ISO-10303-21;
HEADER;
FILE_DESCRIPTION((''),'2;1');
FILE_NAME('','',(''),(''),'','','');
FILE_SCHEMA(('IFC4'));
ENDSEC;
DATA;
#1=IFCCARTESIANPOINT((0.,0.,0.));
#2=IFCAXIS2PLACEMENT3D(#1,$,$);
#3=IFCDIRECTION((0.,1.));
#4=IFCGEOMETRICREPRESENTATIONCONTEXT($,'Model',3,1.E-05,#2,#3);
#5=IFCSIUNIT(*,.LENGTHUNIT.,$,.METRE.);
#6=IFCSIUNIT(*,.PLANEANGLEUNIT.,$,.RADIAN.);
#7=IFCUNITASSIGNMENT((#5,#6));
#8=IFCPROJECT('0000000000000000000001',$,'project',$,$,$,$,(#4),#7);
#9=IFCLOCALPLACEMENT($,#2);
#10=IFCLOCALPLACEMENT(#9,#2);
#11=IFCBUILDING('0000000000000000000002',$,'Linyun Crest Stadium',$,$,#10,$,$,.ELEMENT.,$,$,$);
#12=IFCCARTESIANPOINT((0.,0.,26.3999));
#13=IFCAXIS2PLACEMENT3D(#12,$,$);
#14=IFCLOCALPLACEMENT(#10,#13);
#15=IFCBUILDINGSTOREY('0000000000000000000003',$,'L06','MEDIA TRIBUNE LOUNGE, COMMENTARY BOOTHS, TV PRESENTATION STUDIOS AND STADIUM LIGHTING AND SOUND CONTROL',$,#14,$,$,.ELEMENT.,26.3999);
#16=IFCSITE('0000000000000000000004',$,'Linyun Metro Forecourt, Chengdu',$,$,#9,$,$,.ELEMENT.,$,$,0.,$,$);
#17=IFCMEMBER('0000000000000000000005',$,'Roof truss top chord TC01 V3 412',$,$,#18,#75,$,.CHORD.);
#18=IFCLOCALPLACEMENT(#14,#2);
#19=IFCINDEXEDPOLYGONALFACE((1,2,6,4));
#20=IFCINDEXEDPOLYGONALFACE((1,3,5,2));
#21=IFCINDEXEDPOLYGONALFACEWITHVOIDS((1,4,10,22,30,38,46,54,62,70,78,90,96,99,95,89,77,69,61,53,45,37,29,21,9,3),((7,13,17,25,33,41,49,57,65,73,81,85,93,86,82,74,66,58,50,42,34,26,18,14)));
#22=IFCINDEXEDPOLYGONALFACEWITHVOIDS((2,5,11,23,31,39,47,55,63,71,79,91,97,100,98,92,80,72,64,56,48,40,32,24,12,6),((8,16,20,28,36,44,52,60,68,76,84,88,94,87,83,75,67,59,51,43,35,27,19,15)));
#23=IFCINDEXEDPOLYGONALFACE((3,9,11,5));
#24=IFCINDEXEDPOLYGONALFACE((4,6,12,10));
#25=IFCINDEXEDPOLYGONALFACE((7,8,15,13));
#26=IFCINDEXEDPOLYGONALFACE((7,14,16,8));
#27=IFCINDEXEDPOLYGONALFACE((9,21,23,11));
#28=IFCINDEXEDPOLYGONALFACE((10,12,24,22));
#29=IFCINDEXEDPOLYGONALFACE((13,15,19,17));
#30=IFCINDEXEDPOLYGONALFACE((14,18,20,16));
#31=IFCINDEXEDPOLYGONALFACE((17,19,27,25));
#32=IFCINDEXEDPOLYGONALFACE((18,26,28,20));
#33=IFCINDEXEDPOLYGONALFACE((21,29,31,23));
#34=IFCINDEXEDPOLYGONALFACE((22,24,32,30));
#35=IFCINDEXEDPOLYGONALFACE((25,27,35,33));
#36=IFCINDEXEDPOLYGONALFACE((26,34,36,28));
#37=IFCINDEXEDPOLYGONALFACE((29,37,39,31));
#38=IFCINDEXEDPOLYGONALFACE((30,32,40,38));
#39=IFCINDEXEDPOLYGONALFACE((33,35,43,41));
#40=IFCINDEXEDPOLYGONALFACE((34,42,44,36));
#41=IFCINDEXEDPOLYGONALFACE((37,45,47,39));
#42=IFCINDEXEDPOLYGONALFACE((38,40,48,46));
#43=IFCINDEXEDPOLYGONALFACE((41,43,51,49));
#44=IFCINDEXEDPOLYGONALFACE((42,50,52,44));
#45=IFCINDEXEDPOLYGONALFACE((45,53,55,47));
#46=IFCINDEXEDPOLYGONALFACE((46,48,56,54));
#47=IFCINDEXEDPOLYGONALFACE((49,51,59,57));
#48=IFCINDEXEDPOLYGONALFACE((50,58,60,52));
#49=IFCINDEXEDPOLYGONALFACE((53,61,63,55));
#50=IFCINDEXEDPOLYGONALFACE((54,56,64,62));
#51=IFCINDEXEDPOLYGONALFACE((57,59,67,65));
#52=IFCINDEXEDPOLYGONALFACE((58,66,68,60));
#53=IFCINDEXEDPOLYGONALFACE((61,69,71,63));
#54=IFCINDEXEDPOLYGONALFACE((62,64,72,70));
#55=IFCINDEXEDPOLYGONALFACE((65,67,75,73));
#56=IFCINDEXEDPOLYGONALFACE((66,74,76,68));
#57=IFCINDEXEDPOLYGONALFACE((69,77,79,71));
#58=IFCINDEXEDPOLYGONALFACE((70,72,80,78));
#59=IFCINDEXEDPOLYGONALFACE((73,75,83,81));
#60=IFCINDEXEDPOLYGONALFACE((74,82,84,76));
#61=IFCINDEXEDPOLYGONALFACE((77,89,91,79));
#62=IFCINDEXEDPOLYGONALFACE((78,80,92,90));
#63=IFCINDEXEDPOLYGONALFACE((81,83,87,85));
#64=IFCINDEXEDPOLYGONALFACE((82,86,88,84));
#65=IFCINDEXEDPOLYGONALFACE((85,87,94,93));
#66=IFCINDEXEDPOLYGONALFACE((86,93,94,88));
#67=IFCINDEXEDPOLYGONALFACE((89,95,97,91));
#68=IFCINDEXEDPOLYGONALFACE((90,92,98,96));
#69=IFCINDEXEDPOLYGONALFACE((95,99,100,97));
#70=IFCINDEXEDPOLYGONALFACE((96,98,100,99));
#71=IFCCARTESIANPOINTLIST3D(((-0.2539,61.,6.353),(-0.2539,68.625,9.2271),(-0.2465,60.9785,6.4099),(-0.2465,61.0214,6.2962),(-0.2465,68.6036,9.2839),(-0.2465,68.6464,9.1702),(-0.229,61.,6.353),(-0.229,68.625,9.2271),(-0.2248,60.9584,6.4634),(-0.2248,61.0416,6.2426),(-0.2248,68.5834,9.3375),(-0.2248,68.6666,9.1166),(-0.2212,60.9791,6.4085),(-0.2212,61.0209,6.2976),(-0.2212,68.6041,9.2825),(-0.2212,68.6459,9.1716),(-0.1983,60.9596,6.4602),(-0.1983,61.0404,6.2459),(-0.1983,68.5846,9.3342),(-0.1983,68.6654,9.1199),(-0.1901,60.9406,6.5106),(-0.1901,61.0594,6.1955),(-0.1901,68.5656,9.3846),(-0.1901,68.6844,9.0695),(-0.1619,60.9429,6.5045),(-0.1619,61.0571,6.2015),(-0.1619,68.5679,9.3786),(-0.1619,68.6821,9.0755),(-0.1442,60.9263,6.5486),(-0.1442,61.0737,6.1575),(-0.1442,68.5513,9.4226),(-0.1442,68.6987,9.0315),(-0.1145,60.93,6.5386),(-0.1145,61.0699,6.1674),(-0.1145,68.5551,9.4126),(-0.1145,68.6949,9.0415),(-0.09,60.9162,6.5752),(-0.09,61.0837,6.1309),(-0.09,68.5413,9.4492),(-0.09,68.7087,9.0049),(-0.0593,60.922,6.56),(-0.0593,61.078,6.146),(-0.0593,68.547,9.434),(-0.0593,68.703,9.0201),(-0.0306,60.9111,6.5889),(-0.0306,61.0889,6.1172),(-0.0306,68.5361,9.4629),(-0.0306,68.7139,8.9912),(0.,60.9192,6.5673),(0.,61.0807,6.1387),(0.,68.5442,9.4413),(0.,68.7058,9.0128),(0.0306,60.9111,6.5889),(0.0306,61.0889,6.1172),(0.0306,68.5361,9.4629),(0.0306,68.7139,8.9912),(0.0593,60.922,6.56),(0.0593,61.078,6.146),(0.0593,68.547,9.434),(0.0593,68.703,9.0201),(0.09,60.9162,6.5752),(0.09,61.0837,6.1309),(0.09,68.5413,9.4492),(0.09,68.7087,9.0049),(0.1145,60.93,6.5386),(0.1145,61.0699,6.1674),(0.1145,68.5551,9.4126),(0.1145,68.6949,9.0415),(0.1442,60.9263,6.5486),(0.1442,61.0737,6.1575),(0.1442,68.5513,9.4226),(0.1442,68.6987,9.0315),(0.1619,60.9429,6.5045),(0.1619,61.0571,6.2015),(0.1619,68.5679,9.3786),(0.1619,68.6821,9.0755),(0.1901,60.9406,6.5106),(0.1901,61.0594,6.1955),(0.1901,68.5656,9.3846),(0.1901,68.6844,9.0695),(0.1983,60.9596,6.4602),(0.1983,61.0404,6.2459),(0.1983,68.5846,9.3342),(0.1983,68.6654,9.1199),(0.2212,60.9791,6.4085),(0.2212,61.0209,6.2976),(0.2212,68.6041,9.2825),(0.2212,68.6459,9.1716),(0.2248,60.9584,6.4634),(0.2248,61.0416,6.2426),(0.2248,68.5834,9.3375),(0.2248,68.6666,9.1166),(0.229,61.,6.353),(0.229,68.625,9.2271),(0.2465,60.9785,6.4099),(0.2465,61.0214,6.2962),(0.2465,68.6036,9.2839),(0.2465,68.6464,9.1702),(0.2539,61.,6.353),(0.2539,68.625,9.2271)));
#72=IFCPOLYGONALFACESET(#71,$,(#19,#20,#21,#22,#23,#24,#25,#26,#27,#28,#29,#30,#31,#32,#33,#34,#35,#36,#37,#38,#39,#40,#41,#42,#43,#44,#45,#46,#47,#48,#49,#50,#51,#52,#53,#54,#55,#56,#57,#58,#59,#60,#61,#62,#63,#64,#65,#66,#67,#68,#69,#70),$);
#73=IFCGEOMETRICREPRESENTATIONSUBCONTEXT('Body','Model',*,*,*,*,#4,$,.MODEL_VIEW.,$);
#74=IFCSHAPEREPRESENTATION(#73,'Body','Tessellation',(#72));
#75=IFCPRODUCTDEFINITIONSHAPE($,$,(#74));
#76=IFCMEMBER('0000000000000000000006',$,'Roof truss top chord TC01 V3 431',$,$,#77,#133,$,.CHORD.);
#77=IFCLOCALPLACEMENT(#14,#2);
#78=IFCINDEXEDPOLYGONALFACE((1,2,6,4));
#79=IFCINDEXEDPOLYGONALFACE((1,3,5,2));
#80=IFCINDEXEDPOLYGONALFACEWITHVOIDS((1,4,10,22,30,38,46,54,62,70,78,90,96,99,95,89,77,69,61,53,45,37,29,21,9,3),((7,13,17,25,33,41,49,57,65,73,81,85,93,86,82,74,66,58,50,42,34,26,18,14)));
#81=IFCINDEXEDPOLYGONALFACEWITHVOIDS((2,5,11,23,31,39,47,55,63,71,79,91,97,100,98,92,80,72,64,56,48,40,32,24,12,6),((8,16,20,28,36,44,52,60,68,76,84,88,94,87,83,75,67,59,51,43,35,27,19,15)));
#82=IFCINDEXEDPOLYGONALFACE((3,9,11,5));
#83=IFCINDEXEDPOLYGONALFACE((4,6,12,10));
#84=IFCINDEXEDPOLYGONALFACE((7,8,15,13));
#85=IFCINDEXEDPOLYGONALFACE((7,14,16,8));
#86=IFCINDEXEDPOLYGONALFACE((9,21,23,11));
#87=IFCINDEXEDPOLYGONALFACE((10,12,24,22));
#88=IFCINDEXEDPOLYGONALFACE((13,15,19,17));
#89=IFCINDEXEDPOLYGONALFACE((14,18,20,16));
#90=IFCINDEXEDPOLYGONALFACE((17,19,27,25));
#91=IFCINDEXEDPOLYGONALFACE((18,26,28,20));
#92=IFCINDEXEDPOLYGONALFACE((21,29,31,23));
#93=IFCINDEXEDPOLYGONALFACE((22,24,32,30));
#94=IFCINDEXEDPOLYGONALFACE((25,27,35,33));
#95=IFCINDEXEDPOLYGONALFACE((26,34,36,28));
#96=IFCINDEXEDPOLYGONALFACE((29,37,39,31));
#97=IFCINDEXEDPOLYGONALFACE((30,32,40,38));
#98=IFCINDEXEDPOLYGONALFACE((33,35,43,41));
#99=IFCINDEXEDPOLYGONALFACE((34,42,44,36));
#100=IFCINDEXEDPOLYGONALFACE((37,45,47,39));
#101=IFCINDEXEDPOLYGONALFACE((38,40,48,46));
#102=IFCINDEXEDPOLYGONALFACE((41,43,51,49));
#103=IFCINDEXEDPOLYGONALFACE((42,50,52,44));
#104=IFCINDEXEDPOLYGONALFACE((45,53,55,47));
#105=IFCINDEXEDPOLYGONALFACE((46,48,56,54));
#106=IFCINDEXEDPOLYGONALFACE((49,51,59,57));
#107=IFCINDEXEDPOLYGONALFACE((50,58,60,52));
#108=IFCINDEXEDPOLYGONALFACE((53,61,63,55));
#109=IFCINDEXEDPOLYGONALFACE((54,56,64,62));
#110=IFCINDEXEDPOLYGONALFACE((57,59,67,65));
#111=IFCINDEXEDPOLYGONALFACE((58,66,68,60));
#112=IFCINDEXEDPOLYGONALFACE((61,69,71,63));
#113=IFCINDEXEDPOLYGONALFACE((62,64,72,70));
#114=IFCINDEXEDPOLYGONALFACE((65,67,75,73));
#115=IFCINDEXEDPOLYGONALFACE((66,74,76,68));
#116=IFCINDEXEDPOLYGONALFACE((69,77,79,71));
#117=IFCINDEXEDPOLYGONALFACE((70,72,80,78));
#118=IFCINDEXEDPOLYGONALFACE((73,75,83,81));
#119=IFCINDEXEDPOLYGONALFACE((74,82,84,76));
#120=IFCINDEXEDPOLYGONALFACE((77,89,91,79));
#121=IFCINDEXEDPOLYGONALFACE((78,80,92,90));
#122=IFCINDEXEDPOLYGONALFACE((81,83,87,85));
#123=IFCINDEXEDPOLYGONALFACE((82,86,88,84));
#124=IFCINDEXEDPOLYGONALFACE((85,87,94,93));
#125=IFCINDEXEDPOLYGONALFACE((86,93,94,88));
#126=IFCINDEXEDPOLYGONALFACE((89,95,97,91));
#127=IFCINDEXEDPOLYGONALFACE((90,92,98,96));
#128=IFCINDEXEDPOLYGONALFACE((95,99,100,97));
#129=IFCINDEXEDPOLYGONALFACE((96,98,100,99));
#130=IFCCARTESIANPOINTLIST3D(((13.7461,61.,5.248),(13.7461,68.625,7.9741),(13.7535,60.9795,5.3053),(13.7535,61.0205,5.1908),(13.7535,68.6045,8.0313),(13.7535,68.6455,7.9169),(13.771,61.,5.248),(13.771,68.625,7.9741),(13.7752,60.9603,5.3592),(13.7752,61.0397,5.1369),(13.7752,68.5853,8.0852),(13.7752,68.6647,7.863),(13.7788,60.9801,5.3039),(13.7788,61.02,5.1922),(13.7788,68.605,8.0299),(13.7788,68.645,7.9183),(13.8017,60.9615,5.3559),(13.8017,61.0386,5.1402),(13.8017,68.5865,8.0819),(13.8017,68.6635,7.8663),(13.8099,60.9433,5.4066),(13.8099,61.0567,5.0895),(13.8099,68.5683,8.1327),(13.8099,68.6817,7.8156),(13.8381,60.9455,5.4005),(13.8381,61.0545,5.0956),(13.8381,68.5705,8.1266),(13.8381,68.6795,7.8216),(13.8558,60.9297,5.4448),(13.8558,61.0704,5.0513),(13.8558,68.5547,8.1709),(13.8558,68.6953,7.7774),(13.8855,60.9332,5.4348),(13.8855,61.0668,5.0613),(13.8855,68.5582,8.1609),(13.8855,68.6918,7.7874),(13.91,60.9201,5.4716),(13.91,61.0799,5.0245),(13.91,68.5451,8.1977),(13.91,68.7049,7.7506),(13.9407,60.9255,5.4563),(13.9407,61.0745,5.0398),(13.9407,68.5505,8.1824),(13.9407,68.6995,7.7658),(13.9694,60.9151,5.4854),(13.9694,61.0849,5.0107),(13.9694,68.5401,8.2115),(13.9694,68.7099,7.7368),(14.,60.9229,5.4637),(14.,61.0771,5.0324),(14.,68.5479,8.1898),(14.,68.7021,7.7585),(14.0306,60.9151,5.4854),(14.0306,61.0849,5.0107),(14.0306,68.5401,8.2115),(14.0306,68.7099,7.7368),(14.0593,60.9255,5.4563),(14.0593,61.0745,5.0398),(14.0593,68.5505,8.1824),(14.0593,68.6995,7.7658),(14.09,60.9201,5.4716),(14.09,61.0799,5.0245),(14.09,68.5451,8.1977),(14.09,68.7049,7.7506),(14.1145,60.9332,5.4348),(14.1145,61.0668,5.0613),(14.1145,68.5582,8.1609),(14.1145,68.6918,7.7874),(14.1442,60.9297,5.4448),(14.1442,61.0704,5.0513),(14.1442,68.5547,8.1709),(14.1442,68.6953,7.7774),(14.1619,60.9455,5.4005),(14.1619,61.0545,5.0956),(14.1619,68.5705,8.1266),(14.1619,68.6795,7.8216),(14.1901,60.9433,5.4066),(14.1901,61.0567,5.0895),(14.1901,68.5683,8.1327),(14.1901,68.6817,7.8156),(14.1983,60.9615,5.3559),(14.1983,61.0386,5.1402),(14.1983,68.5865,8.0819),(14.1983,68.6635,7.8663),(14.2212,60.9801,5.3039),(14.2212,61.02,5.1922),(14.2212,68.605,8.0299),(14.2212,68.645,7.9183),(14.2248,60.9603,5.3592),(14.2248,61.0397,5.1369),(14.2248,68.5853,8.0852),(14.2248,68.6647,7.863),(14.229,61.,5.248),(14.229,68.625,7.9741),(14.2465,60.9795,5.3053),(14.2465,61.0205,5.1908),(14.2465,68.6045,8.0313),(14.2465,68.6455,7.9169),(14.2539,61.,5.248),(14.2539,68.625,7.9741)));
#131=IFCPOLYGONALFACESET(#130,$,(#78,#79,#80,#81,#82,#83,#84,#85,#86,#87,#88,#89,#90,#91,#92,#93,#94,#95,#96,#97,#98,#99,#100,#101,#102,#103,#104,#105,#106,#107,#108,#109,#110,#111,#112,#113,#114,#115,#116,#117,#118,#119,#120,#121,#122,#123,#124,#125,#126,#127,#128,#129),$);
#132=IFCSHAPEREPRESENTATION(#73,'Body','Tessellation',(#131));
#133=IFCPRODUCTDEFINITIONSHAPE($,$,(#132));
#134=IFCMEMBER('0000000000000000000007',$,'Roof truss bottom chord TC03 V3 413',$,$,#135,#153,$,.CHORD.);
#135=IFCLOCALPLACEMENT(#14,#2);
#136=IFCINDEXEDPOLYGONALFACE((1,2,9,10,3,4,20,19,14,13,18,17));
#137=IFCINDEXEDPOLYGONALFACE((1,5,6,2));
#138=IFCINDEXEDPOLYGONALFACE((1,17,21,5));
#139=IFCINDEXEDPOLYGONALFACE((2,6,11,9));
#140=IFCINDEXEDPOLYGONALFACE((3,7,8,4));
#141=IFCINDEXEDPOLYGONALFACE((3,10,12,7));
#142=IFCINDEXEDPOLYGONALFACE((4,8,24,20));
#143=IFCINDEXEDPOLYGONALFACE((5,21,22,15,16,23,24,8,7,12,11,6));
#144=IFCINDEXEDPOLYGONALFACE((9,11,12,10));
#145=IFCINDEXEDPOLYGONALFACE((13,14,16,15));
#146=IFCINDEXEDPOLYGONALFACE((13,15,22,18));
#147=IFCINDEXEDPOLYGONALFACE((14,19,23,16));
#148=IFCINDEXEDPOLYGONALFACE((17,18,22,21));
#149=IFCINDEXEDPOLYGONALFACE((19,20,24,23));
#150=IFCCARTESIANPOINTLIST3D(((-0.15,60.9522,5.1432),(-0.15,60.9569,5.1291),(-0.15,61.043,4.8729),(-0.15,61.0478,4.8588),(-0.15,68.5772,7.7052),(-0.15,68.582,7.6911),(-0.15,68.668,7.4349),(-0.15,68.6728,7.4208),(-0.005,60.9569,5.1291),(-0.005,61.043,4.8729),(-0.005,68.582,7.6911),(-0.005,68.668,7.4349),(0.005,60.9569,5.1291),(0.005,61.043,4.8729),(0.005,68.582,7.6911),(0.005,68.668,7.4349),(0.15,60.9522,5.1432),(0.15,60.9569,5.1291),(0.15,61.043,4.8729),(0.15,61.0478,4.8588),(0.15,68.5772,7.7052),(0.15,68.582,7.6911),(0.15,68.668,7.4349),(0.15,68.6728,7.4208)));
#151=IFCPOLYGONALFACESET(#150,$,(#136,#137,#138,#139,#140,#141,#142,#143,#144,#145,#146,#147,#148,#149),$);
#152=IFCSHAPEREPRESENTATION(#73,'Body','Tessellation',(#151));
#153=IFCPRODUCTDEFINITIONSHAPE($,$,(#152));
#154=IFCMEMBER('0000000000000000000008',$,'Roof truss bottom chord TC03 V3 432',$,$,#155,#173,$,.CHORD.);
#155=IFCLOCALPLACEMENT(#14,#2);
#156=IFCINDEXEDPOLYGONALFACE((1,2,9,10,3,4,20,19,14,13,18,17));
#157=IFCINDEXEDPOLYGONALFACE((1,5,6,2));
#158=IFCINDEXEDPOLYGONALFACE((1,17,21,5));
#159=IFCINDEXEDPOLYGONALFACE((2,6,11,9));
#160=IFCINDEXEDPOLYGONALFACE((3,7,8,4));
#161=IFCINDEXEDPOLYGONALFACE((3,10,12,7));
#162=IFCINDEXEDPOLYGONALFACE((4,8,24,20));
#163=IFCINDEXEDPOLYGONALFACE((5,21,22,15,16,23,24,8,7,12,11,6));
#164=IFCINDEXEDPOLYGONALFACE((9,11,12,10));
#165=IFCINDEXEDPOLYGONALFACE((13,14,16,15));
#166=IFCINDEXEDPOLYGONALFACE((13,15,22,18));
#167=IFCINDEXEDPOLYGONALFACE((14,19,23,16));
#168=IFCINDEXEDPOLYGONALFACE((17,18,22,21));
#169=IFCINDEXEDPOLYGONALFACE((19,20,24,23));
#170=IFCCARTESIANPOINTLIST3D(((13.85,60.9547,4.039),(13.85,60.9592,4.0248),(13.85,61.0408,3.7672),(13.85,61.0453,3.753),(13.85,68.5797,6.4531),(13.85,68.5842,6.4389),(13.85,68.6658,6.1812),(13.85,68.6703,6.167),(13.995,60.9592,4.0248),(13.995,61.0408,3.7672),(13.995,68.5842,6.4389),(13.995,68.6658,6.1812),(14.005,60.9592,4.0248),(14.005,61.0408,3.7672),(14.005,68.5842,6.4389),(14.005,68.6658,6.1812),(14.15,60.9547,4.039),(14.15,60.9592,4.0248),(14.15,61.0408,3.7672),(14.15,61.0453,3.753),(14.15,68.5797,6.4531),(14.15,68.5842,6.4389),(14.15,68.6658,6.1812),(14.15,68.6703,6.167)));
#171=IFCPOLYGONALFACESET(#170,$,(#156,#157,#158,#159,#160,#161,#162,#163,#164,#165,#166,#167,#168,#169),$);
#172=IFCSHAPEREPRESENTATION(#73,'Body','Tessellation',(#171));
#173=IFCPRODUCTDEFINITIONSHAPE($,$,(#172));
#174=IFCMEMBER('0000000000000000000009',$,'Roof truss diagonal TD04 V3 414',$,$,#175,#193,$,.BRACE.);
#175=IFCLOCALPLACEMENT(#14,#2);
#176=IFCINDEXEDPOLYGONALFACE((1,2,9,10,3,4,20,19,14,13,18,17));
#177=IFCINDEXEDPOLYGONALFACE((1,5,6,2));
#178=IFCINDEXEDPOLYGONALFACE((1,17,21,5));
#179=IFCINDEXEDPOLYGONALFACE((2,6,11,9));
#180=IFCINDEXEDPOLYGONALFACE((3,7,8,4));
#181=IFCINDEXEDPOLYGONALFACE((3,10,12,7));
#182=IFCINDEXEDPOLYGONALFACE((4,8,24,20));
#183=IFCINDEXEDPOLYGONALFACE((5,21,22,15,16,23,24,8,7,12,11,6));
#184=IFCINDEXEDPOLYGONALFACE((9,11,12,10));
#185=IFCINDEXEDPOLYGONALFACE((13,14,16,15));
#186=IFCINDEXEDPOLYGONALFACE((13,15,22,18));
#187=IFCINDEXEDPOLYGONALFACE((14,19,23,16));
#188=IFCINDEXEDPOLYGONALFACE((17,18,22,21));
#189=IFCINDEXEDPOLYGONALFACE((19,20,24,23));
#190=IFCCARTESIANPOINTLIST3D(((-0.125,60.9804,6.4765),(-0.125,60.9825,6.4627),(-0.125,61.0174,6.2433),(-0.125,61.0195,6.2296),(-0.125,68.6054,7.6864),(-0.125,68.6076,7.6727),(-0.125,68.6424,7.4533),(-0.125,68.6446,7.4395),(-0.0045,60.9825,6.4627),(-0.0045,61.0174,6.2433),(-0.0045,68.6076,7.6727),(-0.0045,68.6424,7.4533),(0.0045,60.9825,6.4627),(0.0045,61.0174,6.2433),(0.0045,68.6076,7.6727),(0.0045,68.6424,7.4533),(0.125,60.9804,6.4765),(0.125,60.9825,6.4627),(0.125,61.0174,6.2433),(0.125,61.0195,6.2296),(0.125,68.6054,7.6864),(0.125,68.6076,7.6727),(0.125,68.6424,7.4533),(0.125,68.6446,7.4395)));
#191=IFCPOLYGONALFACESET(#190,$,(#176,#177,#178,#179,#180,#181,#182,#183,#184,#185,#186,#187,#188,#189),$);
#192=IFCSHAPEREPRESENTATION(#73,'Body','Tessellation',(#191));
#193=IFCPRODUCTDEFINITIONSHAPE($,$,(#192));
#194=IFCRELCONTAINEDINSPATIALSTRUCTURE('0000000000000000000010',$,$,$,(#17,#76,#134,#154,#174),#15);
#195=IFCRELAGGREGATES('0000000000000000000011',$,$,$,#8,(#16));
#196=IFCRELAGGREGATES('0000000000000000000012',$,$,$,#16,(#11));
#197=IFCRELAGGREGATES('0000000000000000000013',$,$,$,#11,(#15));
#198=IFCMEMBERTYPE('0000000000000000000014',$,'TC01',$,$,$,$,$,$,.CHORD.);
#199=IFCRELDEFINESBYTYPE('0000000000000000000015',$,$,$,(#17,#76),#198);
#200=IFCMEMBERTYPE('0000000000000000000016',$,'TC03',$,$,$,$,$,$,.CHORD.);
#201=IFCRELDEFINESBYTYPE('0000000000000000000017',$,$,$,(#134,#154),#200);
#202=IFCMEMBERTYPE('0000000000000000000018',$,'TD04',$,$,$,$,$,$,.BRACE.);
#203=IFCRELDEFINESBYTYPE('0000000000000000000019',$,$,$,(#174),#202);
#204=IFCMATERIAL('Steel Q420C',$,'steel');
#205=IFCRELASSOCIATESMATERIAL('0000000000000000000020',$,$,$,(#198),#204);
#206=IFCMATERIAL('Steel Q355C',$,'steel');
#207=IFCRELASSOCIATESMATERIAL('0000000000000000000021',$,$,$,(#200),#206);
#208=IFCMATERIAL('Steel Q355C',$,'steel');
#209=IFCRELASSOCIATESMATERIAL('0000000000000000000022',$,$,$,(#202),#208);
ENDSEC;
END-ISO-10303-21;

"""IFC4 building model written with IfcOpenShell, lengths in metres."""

from ifc_helpers import new_model, si_unit, direction, frame, origin, origin_2d, place, context, subcontext, project, spatial, hollow_circle, i_section, extrude, material, material_profile, profile_set, type_object, element, save


model = new_model("IFC4")

# Units and contexts
model_context = context("Model", 3, precision=1e-05, world=origin(), true_north=direction((0.0, 1.0)))
body_context = subcontext(model_context, "Body", "Model", "MODEL_VIEW")
ifc_project = project(units=[si_unit("LENGTHUNIT", "METRE"), si_unit("PLANEANGLEUNIT", "RADIAN")], contexts=[model_context])

# Site, building, storey
site_placement = place(None, origin())
site = spatial("IfcSite", under=ifc_project, at=site_placement, Name="Linyun Metro Forecourt, Chengdu", CompositionType="ELEMENT", RefElevation=0.0)
building_placement = place(site_placement, origin())
building = spatial("IfcBuilding", under=site, at=building_placement, Name="Linyun Crest Stadium", CompositionType="ELEMENT")
storey_placement = place(building_placement, frame((0.0, 0.0, 26.3999)))
storey = spatial("IfcBuildingStorey", under=building, at=storey_placement, Name="L06", Description="MEDIA TRIBUNE LOUNGE, COMMENTARY BOOTHS, TV PRESENTATION STUDIOS AND STADIUM LIGHTING AND SOUND CONTROL", CompositionType="ELEMENT", Elevation=26.3999)

# Members
ifc_material_1 = material(Name="Steel Q420C", Category="steel")
ifc_material_profile_1 = material_profile(ifc_material_1, hollow_circle(Radius=0.2539, WallThickness=0.0249, at=origin_2d()), Name="CHS 508x25")
ifc_profile_set_1 = profile_set([ifc_material_profile_1], Name="Steel Q420C")
member_type_1 = type_object("IfcMemberType", Name="TC01", PredefinedType="CHORD", material=ifc_profile_set_1)
member_1_placement = place(storey_placement, frame((0.0, 68.625, 9.2271), z_axis=(0.0, -0.935737, -0.352699), x_axis=(1.0, 0.0, 0.0)))
element("IfcMember", 1, at=member_1_placement, inside=storey, type_object=member_type_1, Name="Roof truss top chord TC01 V3 412", PredefinedType="CHORD", context=body_context, shape_type="SweptSolid", body=[
    extrude(hollow_circle(Radius=0.2539, WallThickness=0.0249, at=origin_2d()), origin(), (0.0, 0.0, 1.0), 8.1487),
])
member_2_placement = place(storey_placement, frame((14.0, 68.625, 7.9741), z_axis=(0.0, -0.94163, -0.33665), x_axis=(1.0, 0.0, 0.0)))
element("IfcMember", 2, at=member_2_placement, inside=storey, type_object=member_type_1, Name="Roof truss top chord TC01 V3 431", PredefinedType="CHORD", context=body_context, shape_type="SweptSolid", body=[
    extrude(hollow_circle(Radius=0.2539, WallThickness=0.0249, at=origin_2d()), origin(), (0.0, 0.0, 1.0), 8.0977),
])
ifc_material_2 = material(Name="Steel Q355C", Category="steel")
ifc_material_profile_2 = material_profile(ifc_material_2, i_section(OverallWidth=0.3, OverallDepth=0.3, WebThickness=0.01, FlangeThickness=0.0149, at=origin_2d()), Name="HW 300x300")
ifc_profile_set_2 = profile_set([ifc_material_profile_2], Name="Steel Q355C")
member_type_2 = type_object("IfcMemberType", Name="TC03", PredefinedType="CHORD", material=ifc_profile_set_2)
member_3_placement = place(storey_placement, frame((0.0, 68.625, 7.563), z_axis=(0.0, -0.947922, -0.318503), x_axis=(1.0, 0.0, 0.0)))
element("IfcMember", 3, at=member_3_placement, inside=storey, type_object=member_type_2, Name="Roof truss bottom chord TC03 V3 413", PredefinedType="CHORD", context=body_context, shape_type="SweptSolid", body=[
    extrude(i_section(OverallWidth=0.3, OverallDepth=0.3, WebThickness=0.01, FlangeThickness=0.0149, at=origin_2d()), origin(), (0.0, 0.0, 1.0), 8.0439),
])
member_4_placement = place(storey_placement, frame((14.0, 68.625, 6.3101), z_axis=(0.0, -0.953361, -0.301833), x_axis=(1.0, 0.0, 0.0)))
element("IfcMember", 4, at=member_4_placement, inside=storey, type_object=member_type_2, Name="Roof truss bottom chord TC03 V3 432", PredefinedType="CHORD", context=body_context, shape_type="SweptSolid", body=[
    extrude(i_section(OverallWidth=0.3, OverallDepth=0.3, WebThickness=0.01, FlangeThickness=0.0149, at=origin_2d()), origin(), (0.0, 0.0, 1.0), 7.998),
])
ifc_material_3 = material(Name="Steel Q355C", Category="steel")
ifc_material_profile_3 = material_profile(ifc_material_3, i_section(OverallWidth=0.25, OverallDepth=0.25, WebThickness=0.009, FlangeThickness=0.0139, at=origin_2d()), Name="HW 250x250")
ifc_profile_set_3 = profile_set([ifc_material_profile_3], Name="Steel Q355C")
member_type_3 = type_object("IfcMemberType", Name="TD04", PredefinedType="BRACE", material=ifc_profile_set_3)
member_5_placement = place(storey_placement, frame((0.0, 68.625, 7.563), z_axis=(0.0, -0.987643, -0.156722), x_axis=(1.0, 0.0, 0.0)))
element("IfcMember", 5, at=member_5_placement, inside=storey, type_object=member_type_3, Name="Roof truss diagonal TD04 V3 414", PredefinedType="BRACE", context=body_context, shape_type="SweptSolid", body=[
    extrude(i_section(OverallWidth=0.25, OverallDepth=0.25, WebThickness=0.009, FlangeThickness=0.0139, at=origin_2d()), origin(), (0.0, 0.0, 1.0), 7.7205),
])

save(model, "model.ifc")
